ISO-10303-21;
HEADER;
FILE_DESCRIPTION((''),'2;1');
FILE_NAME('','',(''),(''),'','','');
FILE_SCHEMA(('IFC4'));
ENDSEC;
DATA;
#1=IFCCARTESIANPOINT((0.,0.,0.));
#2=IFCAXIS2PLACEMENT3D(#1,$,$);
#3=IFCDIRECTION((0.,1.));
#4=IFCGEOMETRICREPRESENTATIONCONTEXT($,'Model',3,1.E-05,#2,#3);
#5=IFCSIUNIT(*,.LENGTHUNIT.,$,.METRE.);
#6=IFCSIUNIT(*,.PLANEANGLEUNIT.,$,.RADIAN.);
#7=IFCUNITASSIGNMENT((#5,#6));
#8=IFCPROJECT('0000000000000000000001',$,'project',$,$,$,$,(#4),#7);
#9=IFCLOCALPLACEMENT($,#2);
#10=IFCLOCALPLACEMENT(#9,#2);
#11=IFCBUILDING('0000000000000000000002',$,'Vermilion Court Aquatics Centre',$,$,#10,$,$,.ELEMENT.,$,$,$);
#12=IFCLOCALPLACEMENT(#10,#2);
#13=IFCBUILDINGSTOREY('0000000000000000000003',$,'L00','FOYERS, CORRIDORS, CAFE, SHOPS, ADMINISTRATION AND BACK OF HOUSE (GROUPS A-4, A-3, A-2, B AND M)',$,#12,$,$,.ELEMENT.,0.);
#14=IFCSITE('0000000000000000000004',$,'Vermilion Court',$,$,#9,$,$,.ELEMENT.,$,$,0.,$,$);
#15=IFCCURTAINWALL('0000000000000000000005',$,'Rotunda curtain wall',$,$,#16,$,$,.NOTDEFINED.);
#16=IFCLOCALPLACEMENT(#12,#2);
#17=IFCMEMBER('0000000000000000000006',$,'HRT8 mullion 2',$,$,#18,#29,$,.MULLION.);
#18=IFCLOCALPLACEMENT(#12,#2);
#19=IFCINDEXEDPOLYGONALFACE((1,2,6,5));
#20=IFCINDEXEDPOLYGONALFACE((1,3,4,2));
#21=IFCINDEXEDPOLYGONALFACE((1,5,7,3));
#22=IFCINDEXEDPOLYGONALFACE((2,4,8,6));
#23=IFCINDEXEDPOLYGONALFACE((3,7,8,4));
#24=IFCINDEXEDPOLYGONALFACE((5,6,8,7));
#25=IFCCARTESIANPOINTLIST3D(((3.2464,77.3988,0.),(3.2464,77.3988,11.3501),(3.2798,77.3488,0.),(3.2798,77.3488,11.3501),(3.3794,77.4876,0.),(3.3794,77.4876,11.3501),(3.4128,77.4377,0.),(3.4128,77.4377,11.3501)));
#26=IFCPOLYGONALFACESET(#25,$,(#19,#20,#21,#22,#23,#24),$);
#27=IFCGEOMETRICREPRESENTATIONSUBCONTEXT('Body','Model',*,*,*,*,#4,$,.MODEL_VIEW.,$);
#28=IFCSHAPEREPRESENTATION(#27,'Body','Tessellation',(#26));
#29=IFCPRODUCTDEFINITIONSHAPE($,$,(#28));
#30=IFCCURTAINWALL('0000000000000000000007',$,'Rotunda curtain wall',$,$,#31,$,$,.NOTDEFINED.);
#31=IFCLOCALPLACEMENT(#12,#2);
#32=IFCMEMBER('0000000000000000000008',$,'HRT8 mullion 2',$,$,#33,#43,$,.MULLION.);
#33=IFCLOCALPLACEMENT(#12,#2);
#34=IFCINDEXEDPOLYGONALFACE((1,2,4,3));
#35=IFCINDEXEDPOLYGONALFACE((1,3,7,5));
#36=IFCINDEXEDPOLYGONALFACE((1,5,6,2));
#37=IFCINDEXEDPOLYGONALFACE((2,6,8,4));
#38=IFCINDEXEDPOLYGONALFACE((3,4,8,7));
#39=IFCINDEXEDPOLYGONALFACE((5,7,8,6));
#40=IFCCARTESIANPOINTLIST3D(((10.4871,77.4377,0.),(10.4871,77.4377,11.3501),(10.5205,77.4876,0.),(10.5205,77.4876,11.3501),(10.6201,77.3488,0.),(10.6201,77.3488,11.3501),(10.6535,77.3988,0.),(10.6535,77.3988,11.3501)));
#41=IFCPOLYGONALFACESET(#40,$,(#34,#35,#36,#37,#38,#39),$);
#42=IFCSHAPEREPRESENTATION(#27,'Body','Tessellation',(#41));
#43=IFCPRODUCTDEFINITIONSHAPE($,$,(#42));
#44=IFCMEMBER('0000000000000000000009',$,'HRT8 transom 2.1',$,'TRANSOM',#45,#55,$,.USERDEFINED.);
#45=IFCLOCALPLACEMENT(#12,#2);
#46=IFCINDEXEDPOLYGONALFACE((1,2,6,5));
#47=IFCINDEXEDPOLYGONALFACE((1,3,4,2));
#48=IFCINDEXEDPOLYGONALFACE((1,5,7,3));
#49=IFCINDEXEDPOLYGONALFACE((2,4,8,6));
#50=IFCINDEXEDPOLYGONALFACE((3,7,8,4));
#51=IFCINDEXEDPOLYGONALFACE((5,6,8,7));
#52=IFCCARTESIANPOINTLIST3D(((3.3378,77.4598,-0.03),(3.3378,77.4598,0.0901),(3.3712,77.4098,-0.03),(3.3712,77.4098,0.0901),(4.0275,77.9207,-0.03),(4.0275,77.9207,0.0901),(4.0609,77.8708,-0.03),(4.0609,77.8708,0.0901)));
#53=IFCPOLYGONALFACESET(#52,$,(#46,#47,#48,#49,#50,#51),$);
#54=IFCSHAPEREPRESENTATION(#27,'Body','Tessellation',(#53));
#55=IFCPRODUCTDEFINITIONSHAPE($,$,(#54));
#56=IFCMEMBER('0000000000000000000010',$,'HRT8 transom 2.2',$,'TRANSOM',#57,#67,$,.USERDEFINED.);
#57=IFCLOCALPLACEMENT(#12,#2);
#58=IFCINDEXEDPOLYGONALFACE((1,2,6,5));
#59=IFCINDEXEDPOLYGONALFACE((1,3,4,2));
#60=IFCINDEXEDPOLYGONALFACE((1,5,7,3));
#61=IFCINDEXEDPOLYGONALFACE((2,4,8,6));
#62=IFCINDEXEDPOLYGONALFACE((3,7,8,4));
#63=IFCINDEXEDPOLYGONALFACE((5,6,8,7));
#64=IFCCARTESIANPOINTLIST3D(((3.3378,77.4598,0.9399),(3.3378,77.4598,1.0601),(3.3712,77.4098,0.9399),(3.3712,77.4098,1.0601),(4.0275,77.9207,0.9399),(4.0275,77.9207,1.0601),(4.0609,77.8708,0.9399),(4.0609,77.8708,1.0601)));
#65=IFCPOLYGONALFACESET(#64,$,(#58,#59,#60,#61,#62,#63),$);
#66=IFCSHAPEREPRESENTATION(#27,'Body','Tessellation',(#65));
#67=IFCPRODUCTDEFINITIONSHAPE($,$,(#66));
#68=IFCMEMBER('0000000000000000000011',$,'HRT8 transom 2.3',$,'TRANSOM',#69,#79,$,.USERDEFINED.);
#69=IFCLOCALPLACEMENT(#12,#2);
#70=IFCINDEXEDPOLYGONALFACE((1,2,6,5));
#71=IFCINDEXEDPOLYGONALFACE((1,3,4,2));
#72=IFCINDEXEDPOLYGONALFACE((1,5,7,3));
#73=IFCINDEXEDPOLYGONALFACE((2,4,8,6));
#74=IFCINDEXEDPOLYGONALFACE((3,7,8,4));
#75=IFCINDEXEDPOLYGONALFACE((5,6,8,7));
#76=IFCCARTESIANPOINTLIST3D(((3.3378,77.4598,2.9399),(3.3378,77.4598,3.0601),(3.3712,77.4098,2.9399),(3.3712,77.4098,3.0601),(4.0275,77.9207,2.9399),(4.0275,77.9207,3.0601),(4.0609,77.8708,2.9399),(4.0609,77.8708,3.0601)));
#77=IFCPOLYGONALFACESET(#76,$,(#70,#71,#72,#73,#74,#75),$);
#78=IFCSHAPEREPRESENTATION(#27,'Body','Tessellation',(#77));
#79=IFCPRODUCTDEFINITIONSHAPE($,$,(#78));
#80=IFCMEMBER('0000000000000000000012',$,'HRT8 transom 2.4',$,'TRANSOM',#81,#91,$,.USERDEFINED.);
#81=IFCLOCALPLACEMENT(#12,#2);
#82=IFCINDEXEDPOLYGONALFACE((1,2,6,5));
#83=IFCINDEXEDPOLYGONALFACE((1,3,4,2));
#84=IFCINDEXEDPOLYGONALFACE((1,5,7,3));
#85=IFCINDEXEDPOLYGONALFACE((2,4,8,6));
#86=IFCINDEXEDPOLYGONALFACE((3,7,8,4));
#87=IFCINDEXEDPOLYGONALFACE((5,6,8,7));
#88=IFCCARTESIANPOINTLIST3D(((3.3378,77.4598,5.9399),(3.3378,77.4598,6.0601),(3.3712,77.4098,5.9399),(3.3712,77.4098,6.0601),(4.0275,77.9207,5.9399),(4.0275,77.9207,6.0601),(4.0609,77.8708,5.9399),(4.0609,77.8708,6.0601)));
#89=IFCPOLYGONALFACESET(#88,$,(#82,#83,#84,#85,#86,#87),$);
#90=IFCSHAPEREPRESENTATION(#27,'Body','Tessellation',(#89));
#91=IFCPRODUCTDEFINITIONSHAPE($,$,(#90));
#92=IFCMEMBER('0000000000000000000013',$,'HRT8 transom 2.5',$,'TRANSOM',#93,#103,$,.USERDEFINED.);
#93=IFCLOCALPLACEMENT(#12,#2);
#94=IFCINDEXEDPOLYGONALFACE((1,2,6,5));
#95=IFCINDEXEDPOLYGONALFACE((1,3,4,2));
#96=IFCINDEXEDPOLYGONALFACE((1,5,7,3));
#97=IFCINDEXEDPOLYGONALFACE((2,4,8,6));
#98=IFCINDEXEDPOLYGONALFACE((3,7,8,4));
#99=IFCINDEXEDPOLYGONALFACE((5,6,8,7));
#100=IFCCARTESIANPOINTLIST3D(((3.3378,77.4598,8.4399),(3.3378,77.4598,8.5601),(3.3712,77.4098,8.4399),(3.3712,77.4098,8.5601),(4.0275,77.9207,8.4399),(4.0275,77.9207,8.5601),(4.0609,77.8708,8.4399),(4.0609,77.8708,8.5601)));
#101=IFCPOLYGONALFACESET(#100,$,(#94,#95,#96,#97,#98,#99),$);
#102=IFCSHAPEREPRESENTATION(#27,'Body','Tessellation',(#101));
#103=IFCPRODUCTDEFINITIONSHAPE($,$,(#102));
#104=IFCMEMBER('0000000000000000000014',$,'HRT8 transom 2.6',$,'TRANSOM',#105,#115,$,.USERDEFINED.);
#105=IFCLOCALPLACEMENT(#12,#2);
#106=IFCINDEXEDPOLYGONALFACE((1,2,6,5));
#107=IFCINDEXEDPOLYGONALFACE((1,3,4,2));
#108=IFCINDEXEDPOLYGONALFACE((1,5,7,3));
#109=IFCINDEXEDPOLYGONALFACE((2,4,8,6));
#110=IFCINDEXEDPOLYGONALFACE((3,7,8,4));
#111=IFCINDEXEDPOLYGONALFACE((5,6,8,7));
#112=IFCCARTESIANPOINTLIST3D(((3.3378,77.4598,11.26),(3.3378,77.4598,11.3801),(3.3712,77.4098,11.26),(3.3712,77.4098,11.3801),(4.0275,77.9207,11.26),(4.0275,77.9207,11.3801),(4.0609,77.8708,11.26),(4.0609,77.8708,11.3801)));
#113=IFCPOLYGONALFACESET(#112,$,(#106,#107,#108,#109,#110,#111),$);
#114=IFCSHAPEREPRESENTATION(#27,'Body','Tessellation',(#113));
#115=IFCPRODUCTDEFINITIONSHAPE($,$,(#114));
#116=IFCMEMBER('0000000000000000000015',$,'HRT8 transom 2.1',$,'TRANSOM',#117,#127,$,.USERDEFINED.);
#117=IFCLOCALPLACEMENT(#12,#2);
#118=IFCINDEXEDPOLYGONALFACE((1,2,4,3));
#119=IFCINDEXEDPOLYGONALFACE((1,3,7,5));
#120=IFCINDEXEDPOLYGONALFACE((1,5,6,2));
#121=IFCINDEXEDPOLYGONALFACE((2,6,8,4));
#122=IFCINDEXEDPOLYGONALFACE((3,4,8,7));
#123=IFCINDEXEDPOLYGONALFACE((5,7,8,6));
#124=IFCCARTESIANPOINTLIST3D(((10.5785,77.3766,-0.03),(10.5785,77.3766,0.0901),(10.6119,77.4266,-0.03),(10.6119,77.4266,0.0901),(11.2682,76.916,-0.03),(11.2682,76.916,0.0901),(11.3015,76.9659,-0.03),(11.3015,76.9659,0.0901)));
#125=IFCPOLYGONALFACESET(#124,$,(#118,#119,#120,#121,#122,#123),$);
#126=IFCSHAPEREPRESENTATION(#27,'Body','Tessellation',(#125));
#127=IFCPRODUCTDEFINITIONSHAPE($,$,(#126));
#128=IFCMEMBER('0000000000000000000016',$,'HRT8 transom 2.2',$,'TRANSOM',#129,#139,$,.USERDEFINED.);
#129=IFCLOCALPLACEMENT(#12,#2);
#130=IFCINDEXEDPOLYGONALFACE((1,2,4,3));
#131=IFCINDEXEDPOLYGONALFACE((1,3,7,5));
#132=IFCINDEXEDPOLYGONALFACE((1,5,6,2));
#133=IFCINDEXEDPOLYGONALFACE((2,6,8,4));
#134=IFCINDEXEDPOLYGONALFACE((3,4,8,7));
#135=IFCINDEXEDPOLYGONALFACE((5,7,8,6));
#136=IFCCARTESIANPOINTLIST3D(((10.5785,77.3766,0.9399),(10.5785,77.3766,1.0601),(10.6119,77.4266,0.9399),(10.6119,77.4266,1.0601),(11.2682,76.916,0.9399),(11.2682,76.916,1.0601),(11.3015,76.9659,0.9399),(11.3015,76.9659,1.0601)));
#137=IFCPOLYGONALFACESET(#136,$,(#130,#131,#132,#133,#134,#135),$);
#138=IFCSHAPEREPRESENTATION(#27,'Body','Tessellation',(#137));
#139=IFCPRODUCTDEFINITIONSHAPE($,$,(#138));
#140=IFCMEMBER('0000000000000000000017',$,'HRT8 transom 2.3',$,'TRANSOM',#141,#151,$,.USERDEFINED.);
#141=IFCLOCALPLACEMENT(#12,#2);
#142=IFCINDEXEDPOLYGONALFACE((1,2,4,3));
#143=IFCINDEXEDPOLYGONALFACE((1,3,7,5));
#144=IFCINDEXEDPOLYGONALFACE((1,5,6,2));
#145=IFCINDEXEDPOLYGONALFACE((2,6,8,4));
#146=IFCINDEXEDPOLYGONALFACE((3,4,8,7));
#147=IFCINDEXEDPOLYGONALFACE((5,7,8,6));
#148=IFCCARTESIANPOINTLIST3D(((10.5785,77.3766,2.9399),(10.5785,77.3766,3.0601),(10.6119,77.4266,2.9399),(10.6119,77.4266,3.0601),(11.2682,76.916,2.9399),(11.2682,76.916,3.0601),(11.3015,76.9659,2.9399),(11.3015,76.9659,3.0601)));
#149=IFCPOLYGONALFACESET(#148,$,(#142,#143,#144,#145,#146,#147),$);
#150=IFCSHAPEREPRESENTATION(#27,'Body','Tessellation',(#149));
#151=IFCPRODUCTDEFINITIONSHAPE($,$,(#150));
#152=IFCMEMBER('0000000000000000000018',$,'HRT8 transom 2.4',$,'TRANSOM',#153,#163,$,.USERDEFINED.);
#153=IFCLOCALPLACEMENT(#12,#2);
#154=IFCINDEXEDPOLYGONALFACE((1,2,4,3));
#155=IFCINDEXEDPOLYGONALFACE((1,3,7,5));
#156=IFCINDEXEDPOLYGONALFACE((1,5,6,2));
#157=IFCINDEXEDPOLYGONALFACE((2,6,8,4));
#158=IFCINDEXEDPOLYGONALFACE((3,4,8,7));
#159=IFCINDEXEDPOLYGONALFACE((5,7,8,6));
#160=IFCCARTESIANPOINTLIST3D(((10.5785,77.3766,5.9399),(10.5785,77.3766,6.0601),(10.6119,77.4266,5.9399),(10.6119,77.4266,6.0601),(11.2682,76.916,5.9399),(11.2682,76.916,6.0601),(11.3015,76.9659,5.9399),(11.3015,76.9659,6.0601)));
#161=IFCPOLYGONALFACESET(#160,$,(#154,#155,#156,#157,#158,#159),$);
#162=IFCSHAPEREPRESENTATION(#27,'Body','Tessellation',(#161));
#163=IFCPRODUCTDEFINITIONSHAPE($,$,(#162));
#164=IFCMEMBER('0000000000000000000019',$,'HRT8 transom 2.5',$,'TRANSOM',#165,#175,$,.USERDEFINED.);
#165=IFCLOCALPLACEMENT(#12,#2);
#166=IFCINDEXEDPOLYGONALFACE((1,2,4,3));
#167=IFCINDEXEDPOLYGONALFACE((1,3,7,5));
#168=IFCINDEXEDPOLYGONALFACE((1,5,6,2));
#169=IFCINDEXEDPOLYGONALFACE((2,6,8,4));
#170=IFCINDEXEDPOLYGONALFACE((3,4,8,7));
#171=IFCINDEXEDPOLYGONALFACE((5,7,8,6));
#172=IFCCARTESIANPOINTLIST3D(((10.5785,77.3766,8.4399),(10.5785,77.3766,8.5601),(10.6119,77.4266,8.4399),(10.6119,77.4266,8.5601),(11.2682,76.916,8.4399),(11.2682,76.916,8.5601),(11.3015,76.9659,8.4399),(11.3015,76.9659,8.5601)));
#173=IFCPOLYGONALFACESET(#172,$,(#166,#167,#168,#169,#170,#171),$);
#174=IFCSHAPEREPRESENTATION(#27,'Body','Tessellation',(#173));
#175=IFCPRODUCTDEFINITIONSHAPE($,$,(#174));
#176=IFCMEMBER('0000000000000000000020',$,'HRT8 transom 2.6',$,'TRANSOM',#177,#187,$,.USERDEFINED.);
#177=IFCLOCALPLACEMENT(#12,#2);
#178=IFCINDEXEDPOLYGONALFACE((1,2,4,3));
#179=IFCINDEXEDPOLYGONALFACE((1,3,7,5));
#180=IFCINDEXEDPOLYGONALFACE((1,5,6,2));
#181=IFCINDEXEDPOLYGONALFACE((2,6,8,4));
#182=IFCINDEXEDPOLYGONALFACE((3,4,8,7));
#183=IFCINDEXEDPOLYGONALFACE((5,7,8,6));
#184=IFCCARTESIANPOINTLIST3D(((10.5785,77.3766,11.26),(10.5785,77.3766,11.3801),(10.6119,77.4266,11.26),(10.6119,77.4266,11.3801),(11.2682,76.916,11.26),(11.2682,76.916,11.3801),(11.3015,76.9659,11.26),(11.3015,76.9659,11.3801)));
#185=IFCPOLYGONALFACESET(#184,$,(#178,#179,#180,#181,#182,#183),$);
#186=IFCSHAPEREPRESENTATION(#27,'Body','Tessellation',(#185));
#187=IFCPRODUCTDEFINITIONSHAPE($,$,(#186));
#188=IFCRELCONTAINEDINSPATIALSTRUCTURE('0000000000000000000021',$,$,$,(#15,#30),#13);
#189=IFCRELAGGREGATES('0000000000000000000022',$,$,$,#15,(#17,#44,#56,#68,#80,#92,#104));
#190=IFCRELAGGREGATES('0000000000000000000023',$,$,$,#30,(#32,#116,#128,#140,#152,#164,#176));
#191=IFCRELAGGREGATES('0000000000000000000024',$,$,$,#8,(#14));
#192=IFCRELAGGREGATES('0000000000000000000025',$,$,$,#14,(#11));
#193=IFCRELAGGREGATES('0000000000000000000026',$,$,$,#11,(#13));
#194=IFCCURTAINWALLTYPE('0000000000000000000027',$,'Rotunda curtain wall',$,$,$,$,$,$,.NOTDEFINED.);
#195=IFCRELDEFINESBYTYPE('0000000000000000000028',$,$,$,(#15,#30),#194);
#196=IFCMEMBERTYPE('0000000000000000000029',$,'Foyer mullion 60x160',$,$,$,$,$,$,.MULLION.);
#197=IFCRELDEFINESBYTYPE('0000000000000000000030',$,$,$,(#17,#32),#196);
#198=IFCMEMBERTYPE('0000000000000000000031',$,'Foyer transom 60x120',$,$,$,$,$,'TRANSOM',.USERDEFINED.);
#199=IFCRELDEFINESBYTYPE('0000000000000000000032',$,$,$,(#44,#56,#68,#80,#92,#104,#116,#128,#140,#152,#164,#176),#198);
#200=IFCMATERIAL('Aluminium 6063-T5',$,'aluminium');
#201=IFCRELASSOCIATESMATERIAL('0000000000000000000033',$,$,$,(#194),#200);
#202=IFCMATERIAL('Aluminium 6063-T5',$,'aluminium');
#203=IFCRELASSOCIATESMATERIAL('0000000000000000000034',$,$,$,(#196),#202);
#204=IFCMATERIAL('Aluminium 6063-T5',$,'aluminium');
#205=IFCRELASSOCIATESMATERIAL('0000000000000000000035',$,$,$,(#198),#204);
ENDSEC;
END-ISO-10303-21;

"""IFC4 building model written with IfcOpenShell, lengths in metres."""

from ifc_helpers import new_model, si_unit, direction, frame, origin, origin_2d, place, context, subcontext, project, spatial, rectangle, extrude, material, material_profile, profile_set, type_object, element, aggregate, save


model = new_model("IFC4")

# Units and contexts
model_context = context("Model", 3, precision=1e-05, world=origin(), true_north=direction((0.0, 1.0)))
body_context = subcontext(model_context, "Body", "Model", "MODEL_VIEW")
ifc_project = project(units=[si_unit("LENGTHUNIT", "METRE"), si_unit("PLANEANGLEUNIT", "RADIAN")], contexts=[model_context])

# Site, building, storey
site_placement = place(None, origin())
site = spatial("IfcSite", under=ifc_project, at=site_placement, Name="Vermilion Court", CompositionType="ELEMENT", RefElevation=0.0)
building_placement = place(site_placement, origin())
building = spatial("IfcBuilding", under=site, at=building_placement, Name="Vermilion Court Aquatics Centre", CompositionType="ELEMENT")
storey_placement = place(building_placement, origin())
storey = spatial("IfcBuildingStorey", under=building, at=storey_placement, Name="L00", Description="FOYERS, CORRIDORS, CAFE, SHOPS, ADMINISTRATION AND BACK OF HOUSE (GROUPS A-4, A-3, A-2, B AND M)", CompositionType="ELEMENT", Elevation=0.0)

# Curtain walls, members
ifc_material_1 = material(Name="Aluminium 6063-T5", Category="aluminium")
curtain_wall_type = type_object("IfcCurtainWallType", Name="Rotunda curtain wall", PredefinedType="NOTDEFINED", material=ifc_material_1)
curtain_wall_1_placement = place(storey_placement, origin())
curtain_wall_1 = element("IfcCurtainWall", 1, at=curtain_wall_1_placement, inside=storey, type_object=curtain_wall_type, Name="Rotunda curtain wall", PredefinedType="NOTDEFINED")
ifc_material_2 = material(Name="Aluminium 6063-T5", Category="aluminium")
ifc_material_profile_1 = material_profile(ifc_material_2, rectangle(XDim=0.0601, YDim=0.1599, at=origin_2d()), Name="Aluminium 60x160")
ifc_profile_set_1 = profile_set([ifc_material_profile_1], Name="Aluminium 6063-T5")
member_type_1 = type_object("IfcMemberType", Name="Foyer mullion 60x160", PredefinedType="MULLION", material=ifc_profile_set_1)
member_1_placement = place(storey_placement, frame((3.3296, 77.4182, 0.0), z_axis=(0.0, 0.0, 1.0), x_axis=(-0.555541, 0.831489, 0.0)))
member_1 = element("IfcMember", 2, at=member_1_placement, type_object=member_type_1, Name="HRT8 mullion 2", PredefinedType="MULLION", context=body_context, shape_type="SweptSolid", body=[
    extrude(rectangle(XDim=0.0601, YDim=0.1599, at=origin_2d()), origin(), (0.0, 0.0, 1.0), 11.3501),
])
curtain_wall_2_placement = place(storey_placement, origin())
curtain_wall_2 = element("IfcCurtainWall", 3, at=curtain_wall_2_placement, inside=storey, type_object=curtain_wall_type, Name="Rotunda curtain wall", PredefinedType="NOTDEFINED")
member_2_placement = place(storey_placement, frame((10.5703, 77.4182, 0.0), z_axis=(0.0, 0.0, 1.0), x_axis=(0.555541, 0.831489, 0.0)))
member_2 = element("IfcMember", 4, at=member_2_placement, type_object=member_type_1, Name="HRT8 mullion 2", PredefinedType="MULLION", context=body_context, shape_type="SweptSolid", body=[
    extrude(rectangle(XDim=0.0601, YDim=0.1599, at=origin_2d()), origin(), (0.0, 0.0, 1.0), 11.3501),
])

# Members
ifc_material_3 = material(Name="Aluminium 6063-T5", Category="aluminium")
ifc_material_profile_2 = material_profile(ifc_material_3, rectangle(XDim=0.0601, YDim=0.1201, at=origin_2d()), Name="Aluminium 60x120")
ifc_profile_set_2 = profile_set([ifc_material_profile_2], Name="Aluminium 6063-T5")
member_type_2 = type_object("IfcMemberType", Name="Foyer transom 60x120", ElementType="TRANSOM", PredefinedType="USERDEFINED", material=ifc_profile_set_2)
member_3_placement = place(storey_placement, frame((3.3545, 77.4348, 0.03), z_axis=(0.831416, 0.555651, 0.0), x_axis=(-0.555651, 0.831416, 0.0)))
member_3 = element("IfcMember", 5, at=member_3_placement, type_object=member_type_2, Name="HRT8 transom 2.1", ObjectType="TRANSOM", PredefinedType="USERDEFINED", context=body_context, shape_type="SweptSolid", body=[
    extrude(rectangle(XDim=0.0601, YDim=0.1201, at=origin_2d()), origin(), (0.0, 0.0, 1.0), 0.8296),
])
member_4_placement = place(storey_placement, frame((3.3545, 77.4348, 1.0), z_axis=(0.831416, 0.555651, 0.0), x_axis=(-0.555651, 0.831416, 0.0)))
member_4 = element("IfcMember", 6, at=member_4_placement, type_object=member_type_2, Name="HRT8 transom 2.2", ObjectType="TRANSOM", PredefinedType="USERDEFINED", context=body_context, shape_type="SweptSolid", body=[
    extrude(rectangle(XDim=0.0601, YDim=0.1201, at=origin_2d()), origin(), (0.0, 0.0, 1.0), 0.8296),
])
member_5_placement = place(storey_placement, frame((3.3545, 77.4348, 3.0), z_axis=(0.831416, 0.555651, 0.0), x_axis=(-0.555651, 0.831416, 0.0)))
member_5 = element("IfcMember", 7, at=member_5_placement, type_object=member_type_2, Name="HRT8 transom 2.3", ObjectType="TRANSOM", PredefinedType="USERDEFINED", context=body_context, shape_type="SweptSolid", body=[
    extrude(rectangle(XDim=0.0601, YDim=0.1201, at=origin_2d()), origin(), (0.0, 0.0, 1.0), 0.8296),
])
member_6_placement = place(storey_placement, frame((3.3545, 77.4348, 6.0), z_axis=(0.831416, 0.555651, 0.0), x_axis=(-0.555651, 0.831416, 0.0)))
member_6 = element("IfcMember", 8, at=member_6_placement, type_object=member_type_2, Name="HRT8 transom 2.4", ObjectType="TRANSOM", PredefinedType="USERDEFINED", context=body_context, shape_type="SweptSolid", body=[
    extrude(rectangle(XDim=0.0601, YDim=0.1201, at=origin_2d()), origin(), (0.0, 0.0, 1.0), 0.8296),
])
member_7_placement = place(storey_placement, frame((3.3545, 77.4348, 8.5), z_axis=(0.831416, 0.555651, 0.0), x_axis=(-0.555651, 0.831416, 0.0)))
member_7 = element("IfcMember", 9, at=member_7_placement, type_object=member_type_2, Name="HRT8 transom 2.5", ObjectType="TRANSOM", PredefinedType="USERDEFINED", context=body_context, shape_type="SweptSolid", body=[
    extrude(rectangle(XDim=0.0601, YDim=0.1201, at=origin_2d()), origin(), (0.0, 0.0, 1.0), 0.8296),
])
member_8_placement = place(storey_placement, frame((3.3545, 77.4348, 11.3201), z_axis=(0.831416, 0.555651, 0.0), x_axis=(-0.555651, 0.831416, 0.0)))
member_8 = element("IfcMember", 10, at=member_8_placement, type_object=member_type_2, Name="HRT8 transom 2.6", ObjectType="TRANSOM", PredefinedType="USERDEFINED", context=body_context, shape_type="SweptSolid", body=[
    extrude(rectangle(XDim=0.0601, YDim=0.1201, at=origin_2d()), origin(), (0.0, 0.0, 1.0), 0.8296),
])
member_9_placement = place(storey_placement, frame((10.5952, 77.4016, 0.03), z_axis=(0.831552, -0.555447, 0.0), x_axis=(0.555447, 0.831552, 0.0)))
member_9 = element("IfcMember", 11, at=member_9_placement, type_object=member_type_2, Name="HRT8 transom 2.1", ObjectType="TRANSOM", PredefinedType="USERDEFINED", context=body_context, shape_type="SweptSolid", body=[
    extrude(rectangle(XDim=0.0601, YDim=0.1201, at=origin_2d()), origin(), (0.0, 0.0, 1.0), 0.8293),
])
member_10_placement = place(storey_placement, frame((10.5952, 77.4016, 1.0), z_axis=(0.831552, -0.555447, 0.0), x_axis=(0.555447, 0.831552, 0.0)))
member_10 = element("IfcMember", 12, at=member_10_placement, type_object=member_type_2, Name="HRT8 transom 2.2", ObjectType="TRANSOM", PredefinedType="USERDEFINED", context=body_context, shape_type="SweptSolid", body=[
    extrude(rectangle(XDim=0.0601, YDim=0.1201, at=origin_2d()), origin(), (0.0, 0.0, 1.0), 0.8293),
])
member_11_placement = place(storey_placement, frame((10.5952, 77.4016, 3.0), z_axis=(0.831552, -0.555447, 0.0), x_axis=(0.555447, 0.831552, 0.0)))
member_11 = element("IfcMember", 13, at=member_11_placement, type_object=member_type_2, Name="HRT8 transom 2.3", ObjectType="TRANSOM", PredefinedType="USERDEFINED", context=body_context, shape_type="SweptSolid", body=[
    extrude(rectangle(XDim=0.0601, YDim=0.1201, at=origin_2d()), origin(), (0.0, 0.0, 1.0), 0.8293),
])
member_12_placement = place(storey_placement, frame((10.5952, 77.4016, 6.0), z_axis=(0.831552, -0.555447, 0.0), x_axis=(0.555447, 0.831552, 0.0)))
member_12 = element("IfcMember", 14, at=member_12_placement, type_object=member_type_2, Name="HRT8 transom 2.4", ObjectType="TRANSOM", PredefinedType="USERDEFINED", context=body_context, shape_type="SweptSolid", body=[
    extrude(rectangle(XDim=0.0601, YDim=0.1201, at=origin_2d()), origin(), (0.0, 0.0, 1.0), 0.8293),
])
member_13_placement = place(storey_placement, frame((10.5952, 77.4016, 8.5), z_axis=(0.831552, -0.555447, 0.0), x_axis=(0.555447, 0.831552, 0.0)))
member_13 = element("IfcMember", 15, at=member_13_placement, type_object=member_type_2, Name="HRT8 transom 2.5", ObjectType="TRANSOM", PredefinedType="USERDEFINED", context=body_context, shape_type="SweptSolid", body=[
    extrude(rectangle(XDim=0.0601, YDim=0.1201, at=origin_2d()), origin(), (0.0, 0.0, 1.0), 0.8293),
])
member_14_placement = place(storey_placement, frame((10.5952, 77.4016, 11.3201), z_axis=(0.831552, -0.555447, 0.0), x_axis=(0.555447, 0.831552, 0.0)))
member_14 = element("IfcMember", 16, at=member_14_placement, type_object=member_type_2, Name="HRT8 transom 2.6", ObjectType="TRANSOM", PredefinedType="USERDEFINED", context=body_context, shape_type="SweptSolid", body=[
    extrude(rectangle(XDim=0.0601, YDim=0.1201, at=origin_2d()), origin(), (0.0, 0.0, 1.0), 0.8293),
])

aggregate(curtain_wall_1, [member_1, member_3, member_4, member_5, member_6, member_7, member_8])
aggregate(curtain_wall_2, [member_2, member_9, member_10, member_11, member_12, member_13, member_14])

save(model, "model.ifc")
